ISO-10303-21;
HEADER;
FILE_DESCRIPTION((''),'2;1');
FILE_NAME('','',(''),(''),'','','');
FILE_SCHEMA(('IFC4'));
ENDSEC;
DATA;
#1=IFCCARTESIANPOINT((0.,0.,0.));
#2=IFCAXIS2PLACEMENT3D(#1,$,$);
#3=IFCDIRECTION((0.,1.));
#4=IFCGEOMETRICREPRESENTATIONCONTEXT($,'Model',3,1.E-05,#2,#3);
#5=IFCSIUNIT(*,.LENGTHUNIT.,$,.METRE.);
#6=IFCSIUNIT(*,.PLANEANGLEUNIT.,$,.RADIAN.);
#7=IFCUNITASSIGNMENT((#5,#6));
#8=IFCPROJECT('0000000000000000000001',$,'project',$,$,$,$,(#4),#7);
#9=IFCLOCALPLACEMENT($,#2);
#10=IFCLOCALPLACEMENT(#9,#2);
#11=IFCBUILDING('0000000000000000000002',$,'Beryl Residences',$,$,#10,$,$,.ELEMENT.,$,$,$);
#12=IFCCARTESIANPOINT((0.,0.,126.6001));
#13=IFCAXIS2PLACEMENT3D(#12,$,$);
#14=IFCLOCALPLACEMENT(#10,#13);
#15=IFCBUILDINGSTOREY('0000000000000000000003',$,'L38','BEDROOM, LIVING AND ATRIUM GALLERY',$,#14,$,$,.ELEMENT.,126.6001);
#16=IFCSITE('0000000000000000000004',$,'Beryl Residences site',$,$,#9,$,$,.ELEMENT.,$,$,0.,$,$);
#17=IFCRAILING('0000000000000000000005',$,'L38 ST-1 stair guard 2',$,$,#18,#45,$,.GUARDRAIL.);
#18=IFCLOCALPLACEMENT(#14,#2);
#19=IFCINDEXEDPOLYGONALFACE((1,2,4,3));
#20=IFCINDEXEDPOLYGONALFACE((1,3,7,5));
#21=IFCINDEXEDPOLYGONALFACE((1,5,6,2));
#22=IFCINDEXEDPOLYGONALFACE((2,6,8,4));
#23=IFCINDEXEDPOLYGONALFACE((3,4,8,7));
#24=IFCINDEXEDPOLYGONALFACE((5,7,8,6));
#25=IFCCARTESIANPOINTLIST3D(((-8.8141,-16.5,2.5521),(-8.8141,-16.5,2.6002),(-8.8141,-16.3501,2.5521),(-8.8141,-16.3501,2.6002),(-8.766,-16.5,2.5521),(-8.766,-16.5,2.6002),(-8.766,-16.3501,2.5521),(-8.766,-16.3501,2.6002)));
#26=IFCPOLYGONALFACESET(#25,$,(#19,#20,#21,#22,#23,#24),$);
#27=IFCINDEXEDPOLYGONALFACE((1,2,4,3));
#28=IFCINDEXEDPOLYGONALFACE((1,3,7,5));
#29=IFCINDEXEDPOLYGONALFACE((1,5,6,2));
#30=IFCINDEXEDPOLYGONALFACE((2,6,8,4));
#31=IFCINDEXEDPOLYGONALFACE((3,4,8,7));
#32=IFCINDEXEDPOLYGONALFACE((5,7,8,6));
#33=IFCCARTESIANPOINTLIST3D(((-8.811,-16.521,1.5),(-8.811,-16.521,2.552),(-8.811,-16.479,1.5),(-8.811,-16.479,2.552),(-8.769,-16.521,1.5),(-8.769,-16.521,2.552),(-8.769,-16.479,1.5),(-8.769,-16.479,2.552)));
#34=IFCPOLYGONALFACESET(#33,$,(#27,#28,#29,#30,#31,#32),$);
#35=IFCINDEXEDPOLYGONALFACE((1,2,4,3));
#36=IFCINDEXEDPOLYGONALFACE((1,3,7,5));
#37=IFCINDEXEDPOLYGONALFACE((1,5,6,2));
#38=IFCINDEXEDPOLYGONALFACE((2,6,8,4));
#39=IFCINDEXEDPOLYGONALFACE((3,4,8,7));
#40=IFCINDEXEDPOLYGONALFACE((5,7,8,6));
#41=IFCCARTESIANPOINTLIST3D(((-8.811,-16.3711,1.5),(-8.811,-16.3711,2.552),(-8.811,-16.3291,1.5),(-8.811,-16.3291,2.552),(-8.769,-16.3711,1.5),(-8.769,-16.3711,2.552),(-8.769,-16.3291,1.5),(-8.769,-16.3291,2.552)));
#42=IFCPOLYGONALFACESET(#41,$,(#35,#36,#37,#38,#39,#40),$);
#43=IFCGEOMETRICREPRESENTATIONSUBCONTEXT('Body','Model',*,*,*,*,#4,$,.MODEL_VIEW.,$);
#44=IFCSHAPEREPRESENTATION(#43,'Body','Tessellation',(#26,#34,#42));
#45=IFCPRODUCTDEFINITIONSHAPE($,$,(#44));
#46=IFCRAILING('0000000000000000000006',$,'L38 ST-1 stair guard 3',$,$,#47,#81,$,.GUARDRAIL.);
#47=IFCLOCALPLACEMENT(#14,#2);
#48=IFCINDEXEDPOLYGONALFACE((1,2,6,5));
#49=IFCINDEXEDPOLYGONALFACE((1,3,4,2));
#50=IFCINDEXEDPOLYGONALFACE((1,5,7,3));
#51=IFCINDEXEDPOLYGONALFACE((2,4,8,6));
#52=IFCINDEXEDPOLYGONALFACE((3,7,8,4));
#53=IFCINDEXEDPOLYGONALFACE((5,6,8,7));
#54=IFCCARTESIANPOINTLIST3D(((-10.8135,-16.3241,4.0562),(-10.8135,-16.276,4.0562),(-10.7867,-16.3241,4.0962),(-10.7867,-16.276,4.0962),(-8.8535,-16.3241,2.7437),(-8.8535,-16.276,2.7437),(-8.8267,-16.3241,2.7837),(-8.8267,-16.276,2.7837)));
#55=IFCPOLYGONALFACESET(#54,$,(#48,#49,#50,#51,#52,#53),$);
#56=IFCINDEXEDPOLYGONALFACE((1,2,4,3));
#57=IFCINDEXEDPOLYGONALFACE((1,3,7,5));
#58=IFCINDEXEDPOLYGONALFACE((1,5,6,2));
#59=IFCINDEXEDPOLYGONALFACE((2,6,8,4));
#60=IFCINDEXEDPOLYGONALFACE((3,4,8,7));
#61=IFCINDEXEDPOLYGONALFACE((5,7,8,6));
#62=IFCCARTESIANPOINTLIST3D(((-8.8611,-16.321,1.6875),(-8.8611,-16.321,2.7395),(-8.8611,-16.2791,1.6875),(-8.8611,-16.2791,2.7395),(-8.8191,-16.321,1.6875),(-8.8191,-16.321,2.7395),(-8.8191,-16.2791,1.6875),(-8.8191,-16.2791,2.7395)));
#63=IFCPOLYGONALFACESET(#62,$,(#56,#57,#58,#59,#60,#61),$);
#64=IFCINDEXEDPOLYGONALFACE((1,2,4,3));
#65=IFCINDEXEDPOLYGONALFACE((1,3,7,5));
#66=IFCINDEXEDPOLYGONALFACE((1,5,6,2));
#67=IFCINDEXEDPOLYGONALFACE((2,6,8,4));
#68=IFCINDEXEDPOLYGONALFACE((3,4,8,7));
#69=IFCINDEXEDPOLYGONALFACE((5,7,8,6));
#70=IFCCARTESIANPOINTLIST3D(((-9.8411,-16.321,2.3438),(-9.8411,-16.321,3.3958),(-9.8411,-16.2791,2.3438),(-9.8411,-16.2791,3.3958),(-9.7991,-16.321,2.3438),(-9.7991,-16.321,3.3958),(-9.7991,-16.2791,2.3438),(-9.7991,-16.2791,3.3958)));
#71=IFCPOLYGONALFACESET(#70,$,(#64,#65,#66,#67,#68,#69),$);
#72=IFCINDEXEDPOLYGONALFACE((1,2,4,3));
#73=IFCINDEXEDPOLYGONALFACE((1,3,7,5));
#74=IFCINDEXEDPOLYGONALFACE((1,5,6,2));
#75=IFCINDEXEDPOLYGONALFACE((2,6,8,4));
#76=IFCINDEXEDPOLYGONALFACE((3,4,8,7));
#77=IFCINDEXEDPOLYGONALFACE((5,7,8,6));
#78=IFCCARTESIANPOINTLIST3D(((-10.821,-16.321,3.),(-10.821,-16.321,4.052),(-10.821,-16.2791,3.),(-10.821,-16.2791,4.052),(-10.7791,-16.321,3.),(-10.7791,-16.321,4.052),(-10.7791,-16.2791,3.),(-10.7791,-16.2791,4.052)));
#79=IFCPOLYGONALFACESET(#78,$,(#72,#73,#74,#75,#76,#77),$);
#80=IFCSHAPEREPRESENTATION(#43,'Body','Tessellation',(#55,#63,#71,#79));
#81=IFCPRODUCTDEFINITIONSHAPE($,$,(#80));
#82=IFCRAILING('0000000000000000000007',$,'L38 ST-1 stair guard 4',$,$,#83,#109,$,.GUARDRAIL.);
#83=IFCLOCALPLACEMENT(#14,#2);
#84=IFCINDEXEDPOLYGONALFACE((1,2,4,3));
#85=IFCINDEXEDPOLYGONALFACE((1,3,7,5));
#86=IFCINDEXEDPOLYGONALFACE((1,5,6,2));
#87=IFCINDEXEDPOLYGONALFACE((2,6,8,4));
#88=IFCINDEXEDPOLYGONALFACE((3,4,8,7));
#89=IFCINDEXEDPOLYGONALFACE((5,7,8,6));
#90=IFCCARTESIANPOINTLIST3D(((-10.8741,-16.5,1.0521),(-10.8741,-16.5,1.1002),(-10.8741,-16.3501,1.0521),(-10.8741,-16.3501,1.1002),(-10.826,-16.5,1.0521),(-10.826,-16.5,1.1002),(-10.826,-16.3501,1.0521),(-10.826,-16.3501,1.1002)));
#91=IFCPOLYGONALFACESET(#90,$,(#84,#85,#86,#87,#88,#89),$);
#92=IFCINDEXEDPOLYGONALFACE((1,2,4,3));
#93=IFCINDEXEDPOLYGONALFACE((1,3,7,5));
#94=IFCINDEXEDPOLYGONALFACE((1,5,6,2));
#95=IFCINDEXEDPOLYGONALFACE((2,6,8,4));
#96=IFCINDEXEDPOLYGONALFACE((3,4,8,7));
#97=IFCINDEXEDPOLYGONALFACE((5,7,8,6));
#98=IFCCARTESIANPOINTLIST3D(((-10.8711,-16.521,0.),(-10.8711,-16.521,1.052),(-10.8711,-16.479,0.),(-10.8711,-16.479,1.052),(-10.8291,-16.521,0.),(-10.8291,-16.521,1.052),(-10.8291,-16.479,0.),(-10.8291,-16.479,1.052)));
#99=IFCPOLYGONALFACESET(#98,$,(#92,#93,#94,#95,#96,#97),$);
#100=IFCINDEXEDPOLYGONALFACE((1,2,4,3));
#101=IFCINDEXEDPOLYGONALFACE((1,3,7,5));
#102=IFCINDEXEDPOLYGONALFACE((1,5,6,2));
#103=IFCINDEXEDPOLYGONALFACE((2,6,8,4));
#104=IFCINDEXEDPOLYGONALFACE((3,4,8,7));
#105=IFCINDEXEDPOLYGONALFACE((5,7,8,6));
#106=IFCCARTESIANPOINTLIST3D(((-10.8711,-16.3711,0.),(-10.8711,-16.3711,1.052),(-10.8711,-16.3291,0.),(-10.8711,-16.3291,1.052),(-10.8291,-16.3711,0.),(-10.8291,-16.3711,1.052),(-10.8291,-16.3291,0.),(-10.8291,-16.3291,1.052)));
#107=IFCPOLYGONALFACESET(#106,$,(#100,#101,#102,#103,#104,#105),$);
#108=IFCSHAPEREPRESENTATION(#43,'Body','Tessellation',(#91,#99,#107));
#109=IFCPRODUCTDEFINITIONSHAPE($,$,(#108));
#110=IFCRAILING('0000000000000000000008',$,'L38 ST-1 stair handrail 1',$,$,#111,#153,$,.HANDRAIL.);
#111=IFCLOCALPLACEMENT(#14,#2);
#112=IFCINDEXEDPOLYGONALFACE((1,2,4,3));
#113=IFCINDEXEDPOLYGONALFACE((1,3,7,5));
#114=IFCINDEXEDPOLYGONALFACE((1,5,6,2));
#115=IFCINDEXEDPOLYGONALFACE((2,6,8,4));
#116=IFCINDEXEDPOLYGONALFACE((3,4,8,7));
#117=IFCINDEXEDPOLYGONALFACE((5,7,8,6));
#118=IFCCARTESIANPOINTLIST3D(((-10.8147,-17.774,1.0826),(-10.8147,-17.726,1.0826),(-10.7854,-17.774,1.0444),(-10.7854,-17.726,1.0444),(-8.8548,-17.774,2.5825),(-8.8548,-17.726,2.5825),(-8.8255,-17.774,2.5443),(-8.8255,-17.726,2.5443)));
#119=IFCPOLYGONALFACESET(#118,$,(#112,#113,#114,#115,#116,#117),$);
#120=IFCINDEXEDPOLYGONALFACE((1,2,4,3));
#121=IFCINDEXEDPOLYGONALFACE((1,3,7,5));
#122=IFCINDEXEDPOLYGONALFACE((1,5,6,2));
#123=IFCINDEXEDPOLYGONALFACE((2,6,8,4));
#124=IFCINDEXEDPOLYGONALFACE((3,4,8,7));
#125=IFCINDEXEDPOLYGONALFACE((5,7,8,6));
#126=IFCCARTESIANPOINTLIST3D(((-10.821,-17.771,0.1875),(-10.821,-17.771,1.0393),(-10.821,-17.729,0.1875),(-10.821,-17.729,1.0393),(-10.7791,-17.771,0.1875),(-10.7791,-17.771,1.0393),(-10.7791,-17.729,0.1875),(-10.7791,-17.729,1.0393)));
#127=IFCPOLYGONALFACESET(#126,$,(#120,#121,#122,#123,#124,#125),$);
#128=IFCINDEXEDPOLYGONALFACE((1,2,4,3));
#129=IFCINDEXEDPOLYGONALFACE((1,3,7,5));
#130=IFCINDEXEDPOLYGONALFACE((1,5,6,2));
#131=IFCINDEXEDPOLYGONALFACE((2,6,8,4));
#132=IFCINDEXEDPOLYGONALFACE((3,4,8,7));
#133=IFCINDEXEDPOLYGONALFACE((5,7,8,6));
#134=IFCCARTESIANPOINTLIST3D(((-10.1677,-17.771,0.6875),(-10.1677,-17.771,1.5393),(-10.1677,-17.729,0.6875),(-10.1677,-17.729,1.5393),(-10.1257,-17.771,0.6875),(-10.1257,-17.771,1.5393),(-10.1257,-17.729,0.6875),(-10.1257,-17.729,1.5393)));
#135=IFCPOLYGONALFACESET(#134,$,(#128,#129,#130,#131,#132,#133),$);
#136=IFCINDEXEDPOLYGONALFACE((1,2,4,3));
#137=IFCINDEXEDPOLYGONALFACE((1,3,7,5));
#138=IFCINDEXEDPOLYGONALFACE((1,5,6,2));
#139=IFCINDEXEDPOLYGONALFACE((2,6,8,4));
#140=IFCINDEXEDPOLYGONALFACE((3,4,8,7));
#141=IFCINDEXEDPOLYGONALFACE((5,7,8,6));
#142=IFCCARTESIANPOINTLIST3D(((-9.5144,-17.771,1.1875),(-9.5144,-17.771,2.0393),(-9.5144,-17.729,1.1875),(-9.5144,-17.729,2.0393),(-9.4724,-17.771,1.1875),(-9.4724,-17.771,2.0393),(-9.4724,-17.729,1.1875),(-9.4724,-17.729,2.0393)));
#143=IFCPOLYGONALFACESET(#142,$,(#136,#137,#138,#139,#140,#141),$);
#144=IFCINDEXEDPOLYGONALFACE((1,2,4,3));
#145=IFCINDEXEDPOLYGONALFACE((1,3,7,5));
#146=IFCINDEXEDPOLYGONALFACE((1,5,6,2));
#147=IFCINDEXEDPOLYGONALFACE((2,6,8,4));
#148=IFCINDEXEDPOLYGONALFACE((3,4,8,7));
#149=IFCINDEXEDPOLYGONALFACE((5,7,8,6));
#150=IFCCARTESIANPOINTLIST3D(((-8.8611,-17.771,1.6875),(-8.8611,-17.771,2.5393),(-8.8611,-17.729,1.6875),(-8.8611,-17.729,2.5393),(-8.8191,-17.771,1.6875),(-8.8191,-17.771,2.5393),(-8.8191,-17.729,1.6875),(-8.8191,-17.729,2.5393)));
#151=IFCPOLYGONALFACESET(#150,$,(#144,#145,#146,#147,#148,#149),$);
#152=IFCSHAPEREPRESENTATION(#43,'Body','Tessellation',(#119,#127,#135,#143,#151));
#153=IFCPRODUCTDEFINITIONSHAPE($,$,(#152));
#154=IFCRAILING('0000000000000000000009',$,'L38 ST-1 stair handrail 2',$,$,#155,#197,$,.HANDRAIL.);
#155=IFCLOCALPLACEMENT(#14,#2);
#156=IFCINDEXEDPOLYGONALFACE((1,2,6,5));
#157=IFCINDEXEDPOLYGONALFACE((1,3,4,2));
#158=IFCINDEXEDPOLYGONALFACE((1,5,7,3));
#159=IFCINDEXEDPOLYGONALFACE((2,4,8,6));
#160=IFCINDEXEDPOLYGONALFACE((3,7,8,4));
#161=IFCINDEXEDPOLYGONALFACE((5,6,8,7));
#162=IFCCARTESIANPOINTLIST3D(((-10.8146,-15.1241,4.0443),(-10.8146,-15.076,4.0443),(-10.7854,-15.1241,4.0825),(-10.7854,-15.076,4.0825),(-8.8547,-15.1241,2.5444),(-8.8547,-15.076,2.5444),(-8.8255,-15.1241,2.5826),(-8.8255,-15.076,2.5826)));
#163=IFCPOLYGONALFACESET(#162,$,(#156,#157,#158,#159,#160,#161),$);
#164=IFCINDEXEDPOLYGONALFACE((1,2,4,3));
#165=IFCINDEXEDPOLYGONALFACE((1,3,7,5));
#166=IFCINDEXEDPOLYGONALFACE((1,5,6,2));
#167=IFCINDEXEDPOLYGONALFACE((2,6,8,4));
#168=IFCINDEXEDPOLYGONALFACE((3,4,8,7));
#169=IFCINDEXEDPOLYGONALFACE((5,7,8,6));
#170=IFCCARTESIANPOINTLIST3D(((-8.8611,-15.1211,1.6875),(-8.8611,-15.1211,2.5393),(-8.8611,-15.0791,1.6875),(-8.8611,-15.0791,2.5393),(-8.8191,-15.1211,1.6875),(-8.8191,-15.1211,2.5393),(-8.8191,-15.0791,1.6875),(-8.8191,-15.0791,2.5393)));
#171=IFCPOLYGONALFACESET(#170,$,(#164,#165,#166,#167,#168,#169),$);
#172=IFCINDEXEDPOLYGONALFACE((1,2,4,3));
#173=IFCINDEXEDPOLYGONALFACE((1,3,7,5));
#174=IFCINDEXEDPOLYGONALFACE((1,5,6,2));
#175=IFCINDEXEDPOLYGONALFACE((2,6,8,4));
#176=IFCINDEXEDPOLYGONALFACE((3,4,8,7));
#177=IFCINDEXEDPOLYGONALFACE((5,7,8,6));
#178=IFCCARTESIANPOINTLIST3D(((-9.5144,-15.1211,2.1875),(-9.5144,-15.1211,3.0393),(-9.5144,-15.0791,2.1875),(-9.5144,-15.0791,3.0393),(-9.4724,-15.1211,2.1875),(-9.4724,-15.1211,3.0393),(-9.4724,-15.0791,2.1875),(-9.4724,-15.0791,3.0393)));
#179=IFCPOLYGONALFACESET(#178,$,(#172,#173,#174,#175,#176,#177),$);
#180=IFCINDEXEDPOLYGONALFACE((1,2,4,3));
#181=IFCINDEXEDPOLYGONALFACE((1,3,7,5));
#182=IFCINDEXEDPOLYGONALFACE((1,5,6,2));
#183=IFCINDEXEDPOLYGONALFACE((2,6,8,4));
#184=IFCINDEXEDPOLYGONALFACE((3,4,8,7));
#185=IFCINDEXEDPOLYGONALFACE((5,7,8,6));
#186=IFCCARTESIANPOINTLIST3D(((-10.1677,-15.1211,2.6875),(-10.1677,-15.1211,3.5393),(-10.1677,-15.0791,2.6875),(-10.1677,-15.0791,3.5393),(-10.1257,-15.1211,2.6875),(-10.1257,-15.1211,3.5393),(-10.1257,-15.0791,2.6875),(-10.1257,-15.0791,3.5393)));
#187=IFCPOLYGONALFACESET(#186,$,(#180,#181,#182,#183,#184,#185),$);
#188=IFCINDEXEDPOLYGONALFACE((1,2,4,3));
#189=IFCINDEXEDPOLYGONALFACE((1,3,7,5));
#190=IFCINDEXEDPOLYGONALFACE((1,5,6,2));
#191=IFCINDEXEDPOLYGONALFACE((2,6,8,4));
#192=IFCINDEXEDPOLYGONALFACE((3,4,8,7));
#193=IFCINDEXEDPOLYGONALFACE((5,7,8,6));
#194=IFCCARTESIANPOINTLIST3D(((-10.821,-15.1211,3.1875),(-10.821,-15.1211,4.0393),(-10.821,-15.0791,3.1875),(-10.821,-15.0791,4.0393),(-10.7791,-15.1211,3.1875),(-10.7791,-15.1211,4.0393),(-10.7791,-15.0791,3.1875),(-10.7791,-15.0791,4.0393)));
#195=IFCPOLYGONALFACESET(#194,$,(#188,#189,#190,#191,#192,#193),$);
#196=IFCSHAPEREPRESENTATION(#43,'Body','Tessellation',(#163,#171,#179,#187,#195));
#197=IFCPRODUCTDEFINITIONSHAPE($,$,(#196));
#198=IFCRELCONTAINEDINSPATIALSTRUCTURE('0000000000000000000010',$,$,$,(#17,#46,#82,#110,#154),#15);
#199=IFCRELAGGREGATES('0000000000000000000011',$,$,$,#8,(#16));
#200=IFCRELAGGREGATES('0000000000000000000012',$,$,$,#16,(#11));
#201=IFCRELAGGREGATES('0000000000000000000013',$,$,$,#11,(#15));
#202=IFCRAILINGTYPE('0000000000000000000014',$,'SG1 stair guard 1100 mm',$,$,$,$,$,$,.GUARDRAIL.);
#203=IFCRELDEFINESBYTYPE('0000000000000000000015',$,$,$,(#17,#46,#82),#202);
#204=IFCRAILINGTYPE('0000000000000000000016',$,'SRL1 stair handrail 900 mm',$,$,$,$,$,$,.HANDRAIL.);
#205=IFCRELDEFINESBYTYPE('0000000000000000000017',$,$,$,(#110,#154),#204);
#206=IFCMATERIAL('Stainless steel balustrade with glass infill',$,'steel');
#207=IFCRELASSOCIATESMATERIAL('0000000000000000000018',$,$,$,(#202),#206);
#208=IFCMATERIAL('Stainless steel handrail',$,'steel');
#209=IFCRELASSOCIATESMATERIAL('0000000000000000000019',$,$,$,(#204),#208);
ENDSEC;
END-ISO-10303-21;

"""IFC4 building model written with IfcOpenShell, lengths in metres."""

from ifc_helpers import new_model, si_unit, direction, frame, origin, origin_2d, place, context, subcontext, project, spatial, rectangle, extrude, material, type_object, element, save


model = new_model("IFC4")

# Units and contexts
model_context = context("Model", 3, precision=1e-05, world=origin(), true_north=direction((0.0, 1.0)))
body_context = subcontext(model_context, "Body", "Model", "MODEL_VIEW")
ifc_project = project(units=[si_unit("LENGTHUNIT", "METRE"), si_unit("PLANEANGLEUNIT", "RADIAN")], contexts=[model_context])

# Site, building, storey
site_placement = place(None, origin())
site = spatial("IfcSite", under=ifc_project, at=site_placement, Name="Beryl Residences site", CompositionType="ELEMENT", RefElevation=0.0)
building_placement = place(site_placement, origin())
building = spatial("IfcBuilding", under=site, at=building_placement, Name="Beryl Residences", CompositionType="ELEMENT")
storey_placement = place(building_placement, frame((0.0, 0.0, 126.6001)))
storey = spatial("IfcBuildingStorey", under=building, at=storey_placement, Name="L38", Description="BEDROOM, LIVING AND ATRIUM GALLERY", CompositionType="ELEMENT", Elevation=126.6001)

# Railings
ifc_material_1 = material(Name="Stainless steel balustrade with glass infill", Category="steel")
railing_type_1 = type_object("IfcRailingType", Name="SG1 stair guard 1100 mm", PredefinedType="GUARDRAIL", material=ifc_material_1)
railing_1_placement = place(storey_placement, frame((-8.79, -16.5, 1.5)))
element("IfcRailing", 1, at=railing_1_placement, inside=storey, type_object=railing_type_1, Name="L38 ST-1 stair guard 2", PredefinedType="GUARDRAIL", context=body_context, shape_type="SweptSolid", body=[
    extrude(rectangle(XDim=0.0481, YDim=0.0481, at=origin_2d()), frame((0.0, 0.0, 1.0762), z_axis=(0.0, 1.0, 0.0), x_axis=(-1.0, 0.0, 0.0)), (0.0, 0.0, 1.0), 0.1499),
    extrude(rectangle(XDim=0.042, YDim=0.042, at=origin_2d()), origin(), (0.0, 0.0, 1.0), 1.052),
    extrude(rectangle(XDim=0.042, YDim=0.042, at=origin_2d()), frame((0.0, 0.1499, 0.0)), (0.0, 0.0, 1.0), 1.052),
])
railing_2_placement = place(storey_placement, frame((-8.8401, -16.3, 1.6875)))
element("IfcRailing", 2, at=railing_2_placement, inside=storey, type_object=railing_type_1, Name="L38 ST-1 stair guard 3", PredefinedType="GUARDRAIL", context=body_context, shape_type="SweptSolid", body=[
    extrude(rectangle(XDim=0.0481, YDim=0.0481, at=origin_2d()), frame((0.0, 0.0, 1.0762), z_axis=(-0.830902, 0.0, 0.556419), x_axis=(0.0, -1.0, 0.0)), (0.0, 0.0, 1.0), 2.3589),
    extrude(rectangle(XDim=0.042, YDim=0.042, at=origin_2d()), origin(), (0.0, 0.0, 1.0), 1.052),
    extrude(rectangle(XDim=0.042, YDim=0.042, at=origin_2d()), frame((-0.98, 0.0, 0.6562)), (0.0, 0.0, 1.0), 1.052),
    extrude(rectangle(XDim=0.042, YDim=0.042, at=origin_2d()), frame((-1.96, 0.0, 1.3125)), (0.0, 0.0, 1.0), 1.052),
])
railing_3_placement = place(storey_placement, frame((-10.8501, -16.5, 0.0)))
element("IfcRailing", 3, at=railing_3_placement, inside=storey, type_object=railing_type_1, Name="L38 ST-1 stair guard 4", PredefinedType="GUARDRAIL", context=body_context, shape_type="SweptSolid", body=[
    extrude(rectangle(XDim=0.0481, YDim=0.0481, at=origin_2d()), frame((0.0, 0.0, 1.0762), z_axis=(0.0, 1.0, 0.0), x_axis=(-1.0, 0.0, 0.0)), (0.0, 0.0, 1.0), 0.1499),
    extrude(rectangle(XDim=0.042, YDim=0.042, at=origin_2d()), origin(), (0.0, 0.0, 1.0), 1.052),
    extrude(rectangle(XDim=0.042, YDim=0.042, at=origin_2d()), frame((0.0, 0.1499, 0.0)), (0.0, 0.0, 1.0), 1.052),
])
ifc_material_2 = material(Name="Stainless steel handrail", Category="steel")
railing_type_2 = type_object("IfcRailingType", Name="SRL1 stair handrail 900 mm", PredefinedType="HANDRAIL", material=ifc_material_2)
railing_4_placement = place(storey_placement, frame((-10.8, -17.75, 0.1875)))
element("IfcRailing", 4, at=railing_4_placement, inside=storey, type_object=railing_type_2, Name="L38 ST-1 stair handrail 1", PredefinedType="HANDRAIL", context=body_context, shape_type="SweptSolid", body=[
    extrude(rectangle(XDim=0.0481, YDim=0.0481, at=origin_2d()), frame((0.0, 0.0, 0.876), z_axis=(0.794122, 0.0, 0.607758), x_axis=(0.0, 1.0, 0.0)), (0.0, 0.0, 1.0), 2.468),
    extrude(rectangle(XDim=0.042, YDim=0.042, at=origin_2d()), origin(), (0.0, 0.0, 1.0), 0.8518),
    extrude(rectangle(XDim=0.042, YDim=0.042, at=origin_2d()), frame((0.6533, 0.0, 0.5)), (0.0, 0.0, 1.0), 0.8518),
    extrude(rectangle(XDim=0.042, YDim=0.042, at=origin_2d()), frame((1.3066, 0.0, 1.0)), (0.0, 0.0, 1.0), 0.8518),
    extrude(rectangle(XDim=0.042, YDim=0.042, at=origin_2d()), frame((1.96, 0.0, 1.5)), (0.0, 0.0, 1.0), 0.8518),
])
railing_5_placement = place(storey_placement, frame((-8.8401, -15.1001, 1.6875)))
element("IfcRailing", 5, at=railing_5_placement, inside=storey, type_object=railing_type_2, Name="L38 ST-1 stair handrail 2", PredefinedType="HANDRAIL", context=body_context, shape_type="SweptSolid", body=[
    extrude(rectangle(XDim=0.0481, YDim=0.0481, at=origin_2d()), frame((0.0, 0.0, 0.876), z_axis=(-0.794122, 0.0, 0.607758), x_axis=(0.0, -1.0, 0.0)), (0.0, 0.0, 1.0), 2.468),
    extrude(rectangle(XDim=0.042, YDim=0.042, at=origin_2d()), origin(), (0.0, 0.0, 1.0), 0.8518),
    extrude(rectangle(XDim=0.042, YDim=0.042, at=origin_2d()), frame((-0.6533, 0.0, 0.5)), (0.0, 0.0, 1.0), 0.8518),
    extrude(rectangle(XDim=0.042, YDim=0.042, at=origin_2d()), frame((-1.3066, 0.0, 1.0)), (0.0, 0.0, 1.0), 0.8518),
    extrude(rectangle(XDim=0.042, YDim=0.042, at=origin_2d()), frame((-1.96, 0.0, 1.5)), (0.0, 0.0, 1.0), 0.8518),
])

save(model, "model.ifc")
